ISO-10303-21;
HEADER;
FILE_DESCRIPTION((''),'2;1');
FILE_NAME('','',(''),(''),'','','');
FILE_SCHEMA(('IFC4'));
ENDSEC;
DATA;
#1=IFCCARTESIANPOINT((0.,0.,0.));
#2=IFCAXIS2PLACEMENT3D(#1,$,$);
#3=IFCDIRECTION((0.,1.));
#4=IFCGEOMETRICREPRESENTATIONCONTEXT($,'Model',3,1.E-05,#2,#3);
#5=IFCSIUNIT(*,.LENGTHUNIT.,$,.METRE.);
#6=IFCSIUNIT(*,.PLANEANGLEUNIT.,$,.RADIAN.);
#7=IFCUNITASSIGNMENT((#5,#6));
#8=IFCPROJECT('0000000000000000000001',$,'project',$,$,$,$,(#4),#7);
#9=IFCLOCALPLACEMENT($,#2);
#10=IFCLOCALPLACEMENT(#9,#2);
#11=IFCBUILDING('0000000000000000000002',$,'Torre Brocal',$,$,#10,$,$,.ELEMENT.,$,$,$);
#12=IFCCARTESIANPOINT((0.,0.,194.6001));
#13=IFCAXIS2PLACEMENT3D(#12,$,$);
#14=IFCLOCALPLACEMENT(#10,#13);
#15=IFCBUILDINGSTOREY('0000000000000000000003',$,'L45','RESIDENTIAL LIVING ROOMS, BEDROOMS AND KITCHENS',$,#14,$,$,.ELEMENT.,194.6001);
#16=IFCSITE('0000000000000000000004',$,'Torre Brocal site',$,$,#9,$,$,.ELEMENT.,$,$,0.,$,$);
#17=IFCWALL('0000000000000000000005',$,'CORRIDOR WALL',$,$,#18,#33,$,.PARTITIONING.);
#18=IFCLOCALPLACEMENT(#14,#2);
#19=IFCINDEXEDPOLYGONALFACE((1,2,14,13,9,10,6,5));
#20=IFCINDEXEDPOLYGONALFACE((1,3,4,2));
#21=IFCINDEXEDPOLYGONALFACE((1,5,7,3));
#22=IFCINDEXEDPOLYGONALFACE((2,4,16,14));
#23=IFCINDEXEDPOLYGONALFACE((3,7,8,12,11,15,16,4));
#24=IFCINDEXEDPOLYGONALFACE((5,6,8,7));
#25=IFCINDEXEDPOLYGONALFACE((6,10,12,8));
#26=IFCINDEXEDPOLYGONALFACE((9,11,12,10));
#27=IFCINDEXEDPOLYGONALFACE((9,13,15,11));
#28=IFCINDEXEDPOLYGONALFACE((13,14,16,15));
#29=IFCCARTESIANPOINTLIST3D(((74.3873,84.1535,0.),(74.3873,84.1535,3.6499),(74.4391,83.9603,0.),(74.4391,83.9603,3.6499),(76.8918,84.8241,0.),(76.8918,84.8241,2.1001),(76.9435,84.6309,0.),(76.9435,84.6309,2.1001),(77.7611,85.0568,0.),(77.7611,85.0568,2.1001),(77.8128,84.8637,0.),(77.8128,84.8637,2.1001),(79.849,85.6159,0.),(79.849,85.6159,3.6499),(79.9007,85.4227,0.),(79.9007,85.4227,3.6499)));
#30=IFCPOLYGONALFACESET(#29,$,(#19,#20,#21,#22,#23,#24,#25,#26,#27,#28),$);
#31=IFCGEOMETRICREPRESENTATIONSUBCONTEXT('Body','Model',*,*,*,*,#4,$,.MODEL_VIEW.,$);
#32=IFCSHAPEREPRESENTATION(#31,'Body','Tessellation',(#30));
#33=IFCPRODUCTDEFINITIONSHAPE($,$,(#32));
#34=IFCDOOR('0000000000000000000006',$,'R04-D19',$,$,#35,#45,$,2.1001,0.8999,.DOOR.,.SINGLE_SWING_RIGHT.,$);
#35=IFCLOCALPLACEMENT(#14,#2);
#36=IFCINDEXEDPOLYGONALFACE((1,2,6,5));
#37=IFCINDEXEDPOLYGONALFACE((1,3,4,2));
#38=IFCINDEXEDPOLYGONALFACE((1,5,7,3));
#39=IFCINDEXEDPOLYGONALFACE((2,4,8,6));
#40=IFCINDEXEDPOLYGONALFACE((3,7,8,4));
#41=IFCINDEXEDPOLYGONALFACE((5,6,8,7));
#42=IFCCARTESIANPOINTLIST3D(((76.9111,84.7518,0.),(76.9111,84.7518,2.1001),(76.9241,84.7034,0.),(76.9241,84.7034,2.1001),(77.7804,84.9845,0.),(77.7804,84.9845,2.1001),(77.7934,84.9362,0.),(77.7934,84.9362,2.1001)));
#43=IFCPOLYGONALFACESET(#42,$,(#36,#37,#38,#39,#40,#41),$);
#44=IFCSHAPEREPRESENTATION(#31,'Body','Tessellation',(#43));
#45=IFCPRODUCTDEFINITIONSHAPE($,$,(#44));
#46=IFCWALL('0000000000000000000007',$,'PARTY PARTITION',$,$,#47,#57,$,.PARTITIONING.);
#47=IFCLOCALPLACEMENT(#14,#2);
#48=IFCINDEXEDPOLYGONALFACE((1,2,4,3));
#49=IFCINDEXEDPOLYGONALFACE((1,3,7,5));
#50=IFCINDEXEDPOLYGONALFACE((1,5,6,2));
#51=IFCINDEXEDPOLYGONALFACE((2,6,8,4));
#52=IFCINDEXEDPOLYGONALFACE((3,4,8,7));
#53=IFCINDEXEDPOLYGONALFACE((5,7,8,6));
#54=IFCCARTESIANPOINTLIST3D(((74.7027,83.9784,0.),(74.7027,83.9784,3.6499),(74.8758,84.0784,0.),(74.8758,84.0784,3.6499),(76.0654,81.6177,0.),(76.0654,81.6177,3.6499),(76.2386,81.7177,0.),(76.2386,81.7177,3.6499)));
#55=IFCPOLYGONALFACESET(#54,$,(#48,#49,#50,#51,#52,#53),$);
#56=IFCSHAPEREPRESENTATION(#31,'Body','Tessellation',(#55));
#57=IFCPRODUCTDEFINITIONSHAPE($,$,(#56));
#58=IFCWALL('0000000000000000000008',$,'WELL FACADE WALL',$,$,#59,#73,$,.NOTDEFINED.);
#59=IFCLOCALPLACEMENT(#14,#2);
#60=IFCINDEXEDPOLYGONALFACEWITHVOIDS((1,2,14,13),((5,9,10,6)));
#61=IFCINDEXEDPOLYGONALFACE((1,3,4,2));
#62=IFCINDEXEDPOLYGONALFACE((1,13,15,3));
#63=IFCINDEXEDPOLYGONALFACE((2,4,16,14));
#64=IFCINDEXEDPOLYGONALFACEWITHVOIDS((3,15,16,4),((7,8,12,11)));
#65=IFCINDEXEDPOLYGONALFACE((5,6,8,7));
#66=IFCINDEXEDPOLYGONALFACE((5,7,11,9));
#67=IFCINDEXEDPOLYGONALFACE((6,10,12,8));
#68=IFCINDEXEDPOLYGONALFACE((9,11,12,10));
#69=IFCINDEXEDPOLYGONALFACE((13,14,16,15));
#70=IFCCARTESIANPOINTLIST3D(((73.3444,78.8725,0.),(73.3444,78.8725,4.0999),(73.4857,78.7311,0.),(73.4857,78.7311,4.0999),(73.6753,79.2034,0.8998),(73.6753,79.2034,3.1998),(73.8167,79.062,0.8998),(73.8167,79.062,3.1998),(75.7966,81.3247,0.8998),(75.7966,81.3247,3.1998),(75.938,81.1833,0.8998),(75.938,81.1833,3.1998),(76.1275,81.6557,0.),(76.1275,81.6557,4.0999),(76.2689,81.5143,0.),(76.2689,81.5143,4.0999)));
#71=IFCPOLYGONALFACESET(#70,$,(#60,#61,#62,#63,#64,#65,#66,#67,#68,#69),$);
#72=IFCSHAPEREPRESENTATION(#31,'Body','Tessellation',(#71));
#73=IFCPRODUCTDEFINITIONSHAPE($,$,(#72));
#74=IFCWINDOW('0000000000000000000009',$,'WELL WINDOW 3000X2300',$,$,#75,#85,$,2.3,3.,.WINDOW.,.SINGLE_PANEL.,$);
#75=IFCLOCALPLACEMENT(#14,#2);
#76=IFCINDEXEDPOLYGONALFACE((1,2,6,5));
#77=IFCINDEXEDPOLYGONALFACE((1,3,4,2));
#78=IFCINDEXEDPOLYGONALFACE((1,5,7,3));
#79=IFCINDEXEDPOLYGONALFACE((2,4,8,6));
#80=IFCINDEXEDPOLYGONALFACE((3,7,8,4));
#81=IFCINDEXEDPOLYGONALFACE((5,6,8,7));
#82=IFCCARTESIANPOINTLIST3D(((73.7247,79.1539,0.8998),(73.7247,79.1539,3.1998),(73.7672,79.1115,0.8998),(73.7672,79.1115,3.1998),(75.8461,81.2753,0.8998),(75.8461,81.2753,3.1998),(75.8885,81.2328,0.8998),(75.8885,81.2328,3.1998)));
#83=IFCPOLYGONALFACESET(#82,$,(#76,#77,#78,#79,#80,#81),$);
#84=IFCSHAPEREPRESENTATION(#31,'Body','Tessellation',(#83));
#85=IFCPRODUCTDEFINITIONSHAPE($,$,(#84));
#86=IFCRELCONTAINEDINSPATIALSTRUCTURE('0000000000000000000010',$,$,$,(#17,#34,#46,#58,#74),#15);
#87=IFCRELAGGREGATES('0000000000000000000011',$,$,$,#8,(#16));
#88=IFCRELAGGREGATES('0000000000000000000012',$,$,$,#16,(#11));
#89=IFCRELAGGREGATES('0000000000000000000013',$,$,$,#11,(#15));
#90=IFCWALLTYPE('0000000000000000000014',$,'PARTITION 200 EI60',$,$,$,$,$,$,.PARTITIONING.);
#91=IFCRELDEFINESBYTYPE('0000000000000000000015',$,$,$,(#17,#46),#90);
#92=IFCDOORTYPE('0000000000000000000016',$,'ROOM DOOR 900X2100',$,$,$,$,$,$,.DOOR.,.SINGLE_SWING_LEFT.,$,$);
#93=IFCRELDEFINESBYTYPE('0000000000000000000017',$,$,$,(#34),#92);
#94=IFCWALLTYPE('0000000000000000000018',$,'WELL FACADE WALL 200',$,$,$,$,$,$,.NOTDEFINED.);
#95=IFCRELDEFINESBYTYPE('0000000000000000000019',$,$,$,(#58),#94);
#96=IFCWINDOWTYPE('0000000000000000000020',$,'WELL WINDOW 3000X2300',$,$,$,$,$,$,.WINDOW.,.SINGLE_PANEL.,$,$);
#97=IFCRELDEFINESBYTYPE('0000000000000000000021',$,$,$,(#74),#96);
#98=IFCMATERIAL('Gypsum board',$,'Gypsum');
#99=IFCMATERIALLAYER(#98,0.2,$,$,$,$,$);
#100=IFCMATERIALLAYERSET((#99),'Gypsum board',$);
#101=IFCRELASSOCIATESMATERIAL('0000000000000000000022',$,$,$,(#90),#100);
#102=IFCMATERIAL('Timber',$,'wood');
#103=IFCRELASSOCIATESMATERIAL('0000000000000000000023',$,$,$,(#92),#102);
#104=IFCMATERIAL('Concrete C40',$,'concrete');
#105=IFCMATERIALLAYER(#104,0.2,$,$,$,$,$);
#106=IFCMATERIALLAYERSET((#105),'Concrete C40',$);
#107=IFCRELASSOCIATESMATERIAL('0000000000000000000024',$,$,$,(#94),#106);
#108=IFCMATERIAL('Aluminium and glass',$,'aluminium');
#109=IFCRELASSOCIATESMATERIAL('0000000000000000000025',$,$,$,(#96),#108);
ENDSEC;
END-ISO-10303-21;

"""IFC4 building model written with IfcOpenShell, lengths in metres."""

from ifc_helpers import new_model, si_unit, direction, frame, frame_2d, origin, place, context, subcontext, project, spatial, rectangle, extrude, material, layer, layer_set, type_object, element, fill, save


model = new_model("IFC4")

# Units and contexts
model_context = context("Model", 3, precision=1e-05, world=origin(), true_north=direction((0.0, 1.0)))
body_context = subcontext(model_context, "Body", "Model", "MODEL_VIEW")
ifc_project = project(units=[si_unit("LENGTHUNIT", "METRE"), si_unit("PLANEANGLEUNIT", "RADIAN")], contexts=[model_context])

# Site, building, storey
site_placement = place(None, origin())
site = spatial("IfcSite", under=ifc_project, at=site_placement, Name="Torre Brocal site", CompositionType="ELEMENT", RefElevation=0.0)
building_placement = place(site_placement, origin())
building = spatial("IfcBuilding", under=site, at=building_placement, Name="Torre Brocal", CompositionType="ELEMENT")
storey_placement = place(building_placement, frame((0.0, 0.0, 194.6001)))
storey = spatial("IfcBuildingStorey", under=building, at=storey_placement, Name="L45", Description="RESIDENTIAL LIVING ROOMS, BEDROOMS AND KITCHENS", CompositionType="ELEMENT", Elevation=194.6001)

# Shared definitions
ifc_material_1 = material(Name="Gypsum board", Category="Gypsum")
ifc_layer_1 = layer(ifc_material_1, 0.2)
ifc_layer_set_1 = layer_set([ifc_layer_1], Name="Gypsum board")
wall_type_1 = type_object("IfcWallType", Name="PARTITION 200 EI60", PredefinedType="PARTITIONING", material=ifc_layer_set_1)

# Wall, opening, door
ifc_material_2 = material(Name="Timber", Category="wood")
door_type_1 = type_object("IfcDoorType", Name="ROOM DOOR 900X2100", OperationType="SINGLE_SWING_LEFT", PredefinedType="DOOR", material=ifc_material_2)
wall_1_placement = place(storey_placement, frame((74.4131, 84.0569, 0.0), z_axis=(0.0, 0.0, 1.0), x_axis=(0.965972, 0.258646, 0.0)))
wall_1 = element("IfcWall", 1, at=wall_1_placement, inside=storey, type_object=wall_type_1, Name="CORRIDOR WALL", PredefinedType="PARTITIONING", context=body_context, shape_type="SweptSolid", body=[
    extrude(rectangle(XDim=5.6541, YDim=0.2, at=frame_2d((2.8271, 0.0))), origin(), (0.0, 0.0, 1.0), 3.6499),
])
opening_1_placement = place(wall_1_placement, frame((2.5928, 0.0, 0.0)))
opening_1 = element("IfcOpeningElement", 2, at=opening_1_placement, cuts=wall_1, PredefinedType="OPENING", context=body_context, shape_type="SweptSolid", body=[
    extrude(rectangle(XDim=0.8999, YDim=2.1001, at=frame_2d((0.45, 1.05))), frame((0.0, 0.1099, 0.0), z_axis=(0.0, -1.0, 0.0), x_axis=(1.0, 0.0, 0.0)), (0.0, 0.0, 1.0), 0.22),
])
door_1_placement = place(opening_1_placement, frame((0.8999, 0.0, 0.0), z_axis=(0.0, 0.0, 1.0), x_axis=(-1.0, 0.0, 0.0)))
door_1 = element("IfcDoor", 3, at=door_1_placement, inside=storey, type_object=door_type_1, Name="R04-D19", OperationType="SINGLE_SWING_RIGHT", OverallHeight=2.1001, OverallWidth=0.8999, PredefinedType="DOOR", context=body_context, shape_type="SweptSolid", body=[
    extrude(rectangle(XDim=0.8999, YDim=2.1001, at=frame_2d((0.45, 1.05))), frame((0.0, 0.0249, 0.0), z_axis=(0.0, -1.0, 0.0), x_axis=(1.0, 0.0, 0.0)), (0.0, 0.0, 1.0), 0.05),
])
fill(opening_1, door_1)

# Wall
wall_2_placement = place(storey_placement, frame((74.7893, 84.0283, 0.0), z_axis=(0.0, 0.0, 1.0), x_axis=(0.499934, -0.866063, 0.0)))
element("IfcWall", 4, at=wall_2_placement, inside=storey, type_object=wall_type_1, Name="PARTY PARTITION", PredefinedType="PARTITIONING", context=body_context, shape_type="SweptSolid", body=[
    extrude(rectangle(XDim=2.7258, YDim=0.2, at=frame_2d((1.3628, 0.0))), origin(), (0.0, 0.0, 1.0), 3.6499),
])

# Wall, opening, window
ifc_material_3 = material(Name="Concrete C40", Category="concrete")
ifc_layer_2 = layer(ifc_material_3, 0.2)
ifc_layer_set_2 = layer_set([ifc_layer_2], Name="Concrete C40")
wall_type_2 = type_object("IfcWallType", Name="WELL FACADE WALL 200", PredefinedType="NOTDEFINED", material=ifc_layer_set_2)
wall_3_placement = place(storey_placement, frame((76.1982, 81.585, 0.0), z_axis=(0.0, 0.0, 1.0), x_axis=(-0.707107, -0.707107, 0.0)))
wall_3 = element("IfcWall", 5, at=wall_3_placement, inside=storey, type_object=wall_type_2, Name="WELL FACADE WALL", PredefinedType="NOTDEFINED", context=body_context, shape_type="SweptSolid", body=[
    extrude(rectangle(XDim=3.936, YDim=0.2, at=frame_2d((1.968, 0.0))), origin(), (0.0, 0.0, 1.0), 4.0999),
])
opening_2_placement = place(wall_3_placement, frame((0.468, 0.0, 0.8999)))
opening_2 = element("IfcOpeningElement", 6, at=opening_2_placement, cuts=wall_3, PredefinedType="OPENING", context=body_context, shape_type="SweptSolid", body=[
    extrude(rectangle(XDim=3.0, YDim=2.3, at=frame_2d((1.5, 1.1499))), frame((0.0, 0.1099, 0.0), z_axis=(0.0, -1.0, 0.0), x_axis=(1.0, 0.0, 0.0)), (0.0, 0.0, 1.0), 0.22),
])
ifc_material_4 = material(Name="Aluminium and glass", Category="aluminium")
window_type = type_object("IfcWindowType", Name="WELL WINDOW 3000X2300", PartitioningType="SINGLE_PANEL", PredefinedType="WINDOW", material=ifc_material_4)
window_placement = place(opening_2_placement, origin())
window = element("IfcWindow", 7, at=window_placement, inside=storey, type_object=window_type, Name="WELL WINDOW 3000X2300", OverallHeight=2.3, OverallWidth=3.0, PartitioningType="SINGLE_PANEL", PredefinedType="WINDOW", context=body_context, shape_type="SweptSolid", body=[
    extrude(rectangle(XDim=3.0, YDim=2.3, at=frame_2d((1.5, 1.1499))), frame((0.0, 0.03, 0.0), z_axis=(0.0, -1.0, 0.0), x_axis=(1.0, 0.0, 0.0)), (0.0, 0.0, 1.0), 0.0601),
])
fill(opening_2, window)

save(model, "model.ifc")
